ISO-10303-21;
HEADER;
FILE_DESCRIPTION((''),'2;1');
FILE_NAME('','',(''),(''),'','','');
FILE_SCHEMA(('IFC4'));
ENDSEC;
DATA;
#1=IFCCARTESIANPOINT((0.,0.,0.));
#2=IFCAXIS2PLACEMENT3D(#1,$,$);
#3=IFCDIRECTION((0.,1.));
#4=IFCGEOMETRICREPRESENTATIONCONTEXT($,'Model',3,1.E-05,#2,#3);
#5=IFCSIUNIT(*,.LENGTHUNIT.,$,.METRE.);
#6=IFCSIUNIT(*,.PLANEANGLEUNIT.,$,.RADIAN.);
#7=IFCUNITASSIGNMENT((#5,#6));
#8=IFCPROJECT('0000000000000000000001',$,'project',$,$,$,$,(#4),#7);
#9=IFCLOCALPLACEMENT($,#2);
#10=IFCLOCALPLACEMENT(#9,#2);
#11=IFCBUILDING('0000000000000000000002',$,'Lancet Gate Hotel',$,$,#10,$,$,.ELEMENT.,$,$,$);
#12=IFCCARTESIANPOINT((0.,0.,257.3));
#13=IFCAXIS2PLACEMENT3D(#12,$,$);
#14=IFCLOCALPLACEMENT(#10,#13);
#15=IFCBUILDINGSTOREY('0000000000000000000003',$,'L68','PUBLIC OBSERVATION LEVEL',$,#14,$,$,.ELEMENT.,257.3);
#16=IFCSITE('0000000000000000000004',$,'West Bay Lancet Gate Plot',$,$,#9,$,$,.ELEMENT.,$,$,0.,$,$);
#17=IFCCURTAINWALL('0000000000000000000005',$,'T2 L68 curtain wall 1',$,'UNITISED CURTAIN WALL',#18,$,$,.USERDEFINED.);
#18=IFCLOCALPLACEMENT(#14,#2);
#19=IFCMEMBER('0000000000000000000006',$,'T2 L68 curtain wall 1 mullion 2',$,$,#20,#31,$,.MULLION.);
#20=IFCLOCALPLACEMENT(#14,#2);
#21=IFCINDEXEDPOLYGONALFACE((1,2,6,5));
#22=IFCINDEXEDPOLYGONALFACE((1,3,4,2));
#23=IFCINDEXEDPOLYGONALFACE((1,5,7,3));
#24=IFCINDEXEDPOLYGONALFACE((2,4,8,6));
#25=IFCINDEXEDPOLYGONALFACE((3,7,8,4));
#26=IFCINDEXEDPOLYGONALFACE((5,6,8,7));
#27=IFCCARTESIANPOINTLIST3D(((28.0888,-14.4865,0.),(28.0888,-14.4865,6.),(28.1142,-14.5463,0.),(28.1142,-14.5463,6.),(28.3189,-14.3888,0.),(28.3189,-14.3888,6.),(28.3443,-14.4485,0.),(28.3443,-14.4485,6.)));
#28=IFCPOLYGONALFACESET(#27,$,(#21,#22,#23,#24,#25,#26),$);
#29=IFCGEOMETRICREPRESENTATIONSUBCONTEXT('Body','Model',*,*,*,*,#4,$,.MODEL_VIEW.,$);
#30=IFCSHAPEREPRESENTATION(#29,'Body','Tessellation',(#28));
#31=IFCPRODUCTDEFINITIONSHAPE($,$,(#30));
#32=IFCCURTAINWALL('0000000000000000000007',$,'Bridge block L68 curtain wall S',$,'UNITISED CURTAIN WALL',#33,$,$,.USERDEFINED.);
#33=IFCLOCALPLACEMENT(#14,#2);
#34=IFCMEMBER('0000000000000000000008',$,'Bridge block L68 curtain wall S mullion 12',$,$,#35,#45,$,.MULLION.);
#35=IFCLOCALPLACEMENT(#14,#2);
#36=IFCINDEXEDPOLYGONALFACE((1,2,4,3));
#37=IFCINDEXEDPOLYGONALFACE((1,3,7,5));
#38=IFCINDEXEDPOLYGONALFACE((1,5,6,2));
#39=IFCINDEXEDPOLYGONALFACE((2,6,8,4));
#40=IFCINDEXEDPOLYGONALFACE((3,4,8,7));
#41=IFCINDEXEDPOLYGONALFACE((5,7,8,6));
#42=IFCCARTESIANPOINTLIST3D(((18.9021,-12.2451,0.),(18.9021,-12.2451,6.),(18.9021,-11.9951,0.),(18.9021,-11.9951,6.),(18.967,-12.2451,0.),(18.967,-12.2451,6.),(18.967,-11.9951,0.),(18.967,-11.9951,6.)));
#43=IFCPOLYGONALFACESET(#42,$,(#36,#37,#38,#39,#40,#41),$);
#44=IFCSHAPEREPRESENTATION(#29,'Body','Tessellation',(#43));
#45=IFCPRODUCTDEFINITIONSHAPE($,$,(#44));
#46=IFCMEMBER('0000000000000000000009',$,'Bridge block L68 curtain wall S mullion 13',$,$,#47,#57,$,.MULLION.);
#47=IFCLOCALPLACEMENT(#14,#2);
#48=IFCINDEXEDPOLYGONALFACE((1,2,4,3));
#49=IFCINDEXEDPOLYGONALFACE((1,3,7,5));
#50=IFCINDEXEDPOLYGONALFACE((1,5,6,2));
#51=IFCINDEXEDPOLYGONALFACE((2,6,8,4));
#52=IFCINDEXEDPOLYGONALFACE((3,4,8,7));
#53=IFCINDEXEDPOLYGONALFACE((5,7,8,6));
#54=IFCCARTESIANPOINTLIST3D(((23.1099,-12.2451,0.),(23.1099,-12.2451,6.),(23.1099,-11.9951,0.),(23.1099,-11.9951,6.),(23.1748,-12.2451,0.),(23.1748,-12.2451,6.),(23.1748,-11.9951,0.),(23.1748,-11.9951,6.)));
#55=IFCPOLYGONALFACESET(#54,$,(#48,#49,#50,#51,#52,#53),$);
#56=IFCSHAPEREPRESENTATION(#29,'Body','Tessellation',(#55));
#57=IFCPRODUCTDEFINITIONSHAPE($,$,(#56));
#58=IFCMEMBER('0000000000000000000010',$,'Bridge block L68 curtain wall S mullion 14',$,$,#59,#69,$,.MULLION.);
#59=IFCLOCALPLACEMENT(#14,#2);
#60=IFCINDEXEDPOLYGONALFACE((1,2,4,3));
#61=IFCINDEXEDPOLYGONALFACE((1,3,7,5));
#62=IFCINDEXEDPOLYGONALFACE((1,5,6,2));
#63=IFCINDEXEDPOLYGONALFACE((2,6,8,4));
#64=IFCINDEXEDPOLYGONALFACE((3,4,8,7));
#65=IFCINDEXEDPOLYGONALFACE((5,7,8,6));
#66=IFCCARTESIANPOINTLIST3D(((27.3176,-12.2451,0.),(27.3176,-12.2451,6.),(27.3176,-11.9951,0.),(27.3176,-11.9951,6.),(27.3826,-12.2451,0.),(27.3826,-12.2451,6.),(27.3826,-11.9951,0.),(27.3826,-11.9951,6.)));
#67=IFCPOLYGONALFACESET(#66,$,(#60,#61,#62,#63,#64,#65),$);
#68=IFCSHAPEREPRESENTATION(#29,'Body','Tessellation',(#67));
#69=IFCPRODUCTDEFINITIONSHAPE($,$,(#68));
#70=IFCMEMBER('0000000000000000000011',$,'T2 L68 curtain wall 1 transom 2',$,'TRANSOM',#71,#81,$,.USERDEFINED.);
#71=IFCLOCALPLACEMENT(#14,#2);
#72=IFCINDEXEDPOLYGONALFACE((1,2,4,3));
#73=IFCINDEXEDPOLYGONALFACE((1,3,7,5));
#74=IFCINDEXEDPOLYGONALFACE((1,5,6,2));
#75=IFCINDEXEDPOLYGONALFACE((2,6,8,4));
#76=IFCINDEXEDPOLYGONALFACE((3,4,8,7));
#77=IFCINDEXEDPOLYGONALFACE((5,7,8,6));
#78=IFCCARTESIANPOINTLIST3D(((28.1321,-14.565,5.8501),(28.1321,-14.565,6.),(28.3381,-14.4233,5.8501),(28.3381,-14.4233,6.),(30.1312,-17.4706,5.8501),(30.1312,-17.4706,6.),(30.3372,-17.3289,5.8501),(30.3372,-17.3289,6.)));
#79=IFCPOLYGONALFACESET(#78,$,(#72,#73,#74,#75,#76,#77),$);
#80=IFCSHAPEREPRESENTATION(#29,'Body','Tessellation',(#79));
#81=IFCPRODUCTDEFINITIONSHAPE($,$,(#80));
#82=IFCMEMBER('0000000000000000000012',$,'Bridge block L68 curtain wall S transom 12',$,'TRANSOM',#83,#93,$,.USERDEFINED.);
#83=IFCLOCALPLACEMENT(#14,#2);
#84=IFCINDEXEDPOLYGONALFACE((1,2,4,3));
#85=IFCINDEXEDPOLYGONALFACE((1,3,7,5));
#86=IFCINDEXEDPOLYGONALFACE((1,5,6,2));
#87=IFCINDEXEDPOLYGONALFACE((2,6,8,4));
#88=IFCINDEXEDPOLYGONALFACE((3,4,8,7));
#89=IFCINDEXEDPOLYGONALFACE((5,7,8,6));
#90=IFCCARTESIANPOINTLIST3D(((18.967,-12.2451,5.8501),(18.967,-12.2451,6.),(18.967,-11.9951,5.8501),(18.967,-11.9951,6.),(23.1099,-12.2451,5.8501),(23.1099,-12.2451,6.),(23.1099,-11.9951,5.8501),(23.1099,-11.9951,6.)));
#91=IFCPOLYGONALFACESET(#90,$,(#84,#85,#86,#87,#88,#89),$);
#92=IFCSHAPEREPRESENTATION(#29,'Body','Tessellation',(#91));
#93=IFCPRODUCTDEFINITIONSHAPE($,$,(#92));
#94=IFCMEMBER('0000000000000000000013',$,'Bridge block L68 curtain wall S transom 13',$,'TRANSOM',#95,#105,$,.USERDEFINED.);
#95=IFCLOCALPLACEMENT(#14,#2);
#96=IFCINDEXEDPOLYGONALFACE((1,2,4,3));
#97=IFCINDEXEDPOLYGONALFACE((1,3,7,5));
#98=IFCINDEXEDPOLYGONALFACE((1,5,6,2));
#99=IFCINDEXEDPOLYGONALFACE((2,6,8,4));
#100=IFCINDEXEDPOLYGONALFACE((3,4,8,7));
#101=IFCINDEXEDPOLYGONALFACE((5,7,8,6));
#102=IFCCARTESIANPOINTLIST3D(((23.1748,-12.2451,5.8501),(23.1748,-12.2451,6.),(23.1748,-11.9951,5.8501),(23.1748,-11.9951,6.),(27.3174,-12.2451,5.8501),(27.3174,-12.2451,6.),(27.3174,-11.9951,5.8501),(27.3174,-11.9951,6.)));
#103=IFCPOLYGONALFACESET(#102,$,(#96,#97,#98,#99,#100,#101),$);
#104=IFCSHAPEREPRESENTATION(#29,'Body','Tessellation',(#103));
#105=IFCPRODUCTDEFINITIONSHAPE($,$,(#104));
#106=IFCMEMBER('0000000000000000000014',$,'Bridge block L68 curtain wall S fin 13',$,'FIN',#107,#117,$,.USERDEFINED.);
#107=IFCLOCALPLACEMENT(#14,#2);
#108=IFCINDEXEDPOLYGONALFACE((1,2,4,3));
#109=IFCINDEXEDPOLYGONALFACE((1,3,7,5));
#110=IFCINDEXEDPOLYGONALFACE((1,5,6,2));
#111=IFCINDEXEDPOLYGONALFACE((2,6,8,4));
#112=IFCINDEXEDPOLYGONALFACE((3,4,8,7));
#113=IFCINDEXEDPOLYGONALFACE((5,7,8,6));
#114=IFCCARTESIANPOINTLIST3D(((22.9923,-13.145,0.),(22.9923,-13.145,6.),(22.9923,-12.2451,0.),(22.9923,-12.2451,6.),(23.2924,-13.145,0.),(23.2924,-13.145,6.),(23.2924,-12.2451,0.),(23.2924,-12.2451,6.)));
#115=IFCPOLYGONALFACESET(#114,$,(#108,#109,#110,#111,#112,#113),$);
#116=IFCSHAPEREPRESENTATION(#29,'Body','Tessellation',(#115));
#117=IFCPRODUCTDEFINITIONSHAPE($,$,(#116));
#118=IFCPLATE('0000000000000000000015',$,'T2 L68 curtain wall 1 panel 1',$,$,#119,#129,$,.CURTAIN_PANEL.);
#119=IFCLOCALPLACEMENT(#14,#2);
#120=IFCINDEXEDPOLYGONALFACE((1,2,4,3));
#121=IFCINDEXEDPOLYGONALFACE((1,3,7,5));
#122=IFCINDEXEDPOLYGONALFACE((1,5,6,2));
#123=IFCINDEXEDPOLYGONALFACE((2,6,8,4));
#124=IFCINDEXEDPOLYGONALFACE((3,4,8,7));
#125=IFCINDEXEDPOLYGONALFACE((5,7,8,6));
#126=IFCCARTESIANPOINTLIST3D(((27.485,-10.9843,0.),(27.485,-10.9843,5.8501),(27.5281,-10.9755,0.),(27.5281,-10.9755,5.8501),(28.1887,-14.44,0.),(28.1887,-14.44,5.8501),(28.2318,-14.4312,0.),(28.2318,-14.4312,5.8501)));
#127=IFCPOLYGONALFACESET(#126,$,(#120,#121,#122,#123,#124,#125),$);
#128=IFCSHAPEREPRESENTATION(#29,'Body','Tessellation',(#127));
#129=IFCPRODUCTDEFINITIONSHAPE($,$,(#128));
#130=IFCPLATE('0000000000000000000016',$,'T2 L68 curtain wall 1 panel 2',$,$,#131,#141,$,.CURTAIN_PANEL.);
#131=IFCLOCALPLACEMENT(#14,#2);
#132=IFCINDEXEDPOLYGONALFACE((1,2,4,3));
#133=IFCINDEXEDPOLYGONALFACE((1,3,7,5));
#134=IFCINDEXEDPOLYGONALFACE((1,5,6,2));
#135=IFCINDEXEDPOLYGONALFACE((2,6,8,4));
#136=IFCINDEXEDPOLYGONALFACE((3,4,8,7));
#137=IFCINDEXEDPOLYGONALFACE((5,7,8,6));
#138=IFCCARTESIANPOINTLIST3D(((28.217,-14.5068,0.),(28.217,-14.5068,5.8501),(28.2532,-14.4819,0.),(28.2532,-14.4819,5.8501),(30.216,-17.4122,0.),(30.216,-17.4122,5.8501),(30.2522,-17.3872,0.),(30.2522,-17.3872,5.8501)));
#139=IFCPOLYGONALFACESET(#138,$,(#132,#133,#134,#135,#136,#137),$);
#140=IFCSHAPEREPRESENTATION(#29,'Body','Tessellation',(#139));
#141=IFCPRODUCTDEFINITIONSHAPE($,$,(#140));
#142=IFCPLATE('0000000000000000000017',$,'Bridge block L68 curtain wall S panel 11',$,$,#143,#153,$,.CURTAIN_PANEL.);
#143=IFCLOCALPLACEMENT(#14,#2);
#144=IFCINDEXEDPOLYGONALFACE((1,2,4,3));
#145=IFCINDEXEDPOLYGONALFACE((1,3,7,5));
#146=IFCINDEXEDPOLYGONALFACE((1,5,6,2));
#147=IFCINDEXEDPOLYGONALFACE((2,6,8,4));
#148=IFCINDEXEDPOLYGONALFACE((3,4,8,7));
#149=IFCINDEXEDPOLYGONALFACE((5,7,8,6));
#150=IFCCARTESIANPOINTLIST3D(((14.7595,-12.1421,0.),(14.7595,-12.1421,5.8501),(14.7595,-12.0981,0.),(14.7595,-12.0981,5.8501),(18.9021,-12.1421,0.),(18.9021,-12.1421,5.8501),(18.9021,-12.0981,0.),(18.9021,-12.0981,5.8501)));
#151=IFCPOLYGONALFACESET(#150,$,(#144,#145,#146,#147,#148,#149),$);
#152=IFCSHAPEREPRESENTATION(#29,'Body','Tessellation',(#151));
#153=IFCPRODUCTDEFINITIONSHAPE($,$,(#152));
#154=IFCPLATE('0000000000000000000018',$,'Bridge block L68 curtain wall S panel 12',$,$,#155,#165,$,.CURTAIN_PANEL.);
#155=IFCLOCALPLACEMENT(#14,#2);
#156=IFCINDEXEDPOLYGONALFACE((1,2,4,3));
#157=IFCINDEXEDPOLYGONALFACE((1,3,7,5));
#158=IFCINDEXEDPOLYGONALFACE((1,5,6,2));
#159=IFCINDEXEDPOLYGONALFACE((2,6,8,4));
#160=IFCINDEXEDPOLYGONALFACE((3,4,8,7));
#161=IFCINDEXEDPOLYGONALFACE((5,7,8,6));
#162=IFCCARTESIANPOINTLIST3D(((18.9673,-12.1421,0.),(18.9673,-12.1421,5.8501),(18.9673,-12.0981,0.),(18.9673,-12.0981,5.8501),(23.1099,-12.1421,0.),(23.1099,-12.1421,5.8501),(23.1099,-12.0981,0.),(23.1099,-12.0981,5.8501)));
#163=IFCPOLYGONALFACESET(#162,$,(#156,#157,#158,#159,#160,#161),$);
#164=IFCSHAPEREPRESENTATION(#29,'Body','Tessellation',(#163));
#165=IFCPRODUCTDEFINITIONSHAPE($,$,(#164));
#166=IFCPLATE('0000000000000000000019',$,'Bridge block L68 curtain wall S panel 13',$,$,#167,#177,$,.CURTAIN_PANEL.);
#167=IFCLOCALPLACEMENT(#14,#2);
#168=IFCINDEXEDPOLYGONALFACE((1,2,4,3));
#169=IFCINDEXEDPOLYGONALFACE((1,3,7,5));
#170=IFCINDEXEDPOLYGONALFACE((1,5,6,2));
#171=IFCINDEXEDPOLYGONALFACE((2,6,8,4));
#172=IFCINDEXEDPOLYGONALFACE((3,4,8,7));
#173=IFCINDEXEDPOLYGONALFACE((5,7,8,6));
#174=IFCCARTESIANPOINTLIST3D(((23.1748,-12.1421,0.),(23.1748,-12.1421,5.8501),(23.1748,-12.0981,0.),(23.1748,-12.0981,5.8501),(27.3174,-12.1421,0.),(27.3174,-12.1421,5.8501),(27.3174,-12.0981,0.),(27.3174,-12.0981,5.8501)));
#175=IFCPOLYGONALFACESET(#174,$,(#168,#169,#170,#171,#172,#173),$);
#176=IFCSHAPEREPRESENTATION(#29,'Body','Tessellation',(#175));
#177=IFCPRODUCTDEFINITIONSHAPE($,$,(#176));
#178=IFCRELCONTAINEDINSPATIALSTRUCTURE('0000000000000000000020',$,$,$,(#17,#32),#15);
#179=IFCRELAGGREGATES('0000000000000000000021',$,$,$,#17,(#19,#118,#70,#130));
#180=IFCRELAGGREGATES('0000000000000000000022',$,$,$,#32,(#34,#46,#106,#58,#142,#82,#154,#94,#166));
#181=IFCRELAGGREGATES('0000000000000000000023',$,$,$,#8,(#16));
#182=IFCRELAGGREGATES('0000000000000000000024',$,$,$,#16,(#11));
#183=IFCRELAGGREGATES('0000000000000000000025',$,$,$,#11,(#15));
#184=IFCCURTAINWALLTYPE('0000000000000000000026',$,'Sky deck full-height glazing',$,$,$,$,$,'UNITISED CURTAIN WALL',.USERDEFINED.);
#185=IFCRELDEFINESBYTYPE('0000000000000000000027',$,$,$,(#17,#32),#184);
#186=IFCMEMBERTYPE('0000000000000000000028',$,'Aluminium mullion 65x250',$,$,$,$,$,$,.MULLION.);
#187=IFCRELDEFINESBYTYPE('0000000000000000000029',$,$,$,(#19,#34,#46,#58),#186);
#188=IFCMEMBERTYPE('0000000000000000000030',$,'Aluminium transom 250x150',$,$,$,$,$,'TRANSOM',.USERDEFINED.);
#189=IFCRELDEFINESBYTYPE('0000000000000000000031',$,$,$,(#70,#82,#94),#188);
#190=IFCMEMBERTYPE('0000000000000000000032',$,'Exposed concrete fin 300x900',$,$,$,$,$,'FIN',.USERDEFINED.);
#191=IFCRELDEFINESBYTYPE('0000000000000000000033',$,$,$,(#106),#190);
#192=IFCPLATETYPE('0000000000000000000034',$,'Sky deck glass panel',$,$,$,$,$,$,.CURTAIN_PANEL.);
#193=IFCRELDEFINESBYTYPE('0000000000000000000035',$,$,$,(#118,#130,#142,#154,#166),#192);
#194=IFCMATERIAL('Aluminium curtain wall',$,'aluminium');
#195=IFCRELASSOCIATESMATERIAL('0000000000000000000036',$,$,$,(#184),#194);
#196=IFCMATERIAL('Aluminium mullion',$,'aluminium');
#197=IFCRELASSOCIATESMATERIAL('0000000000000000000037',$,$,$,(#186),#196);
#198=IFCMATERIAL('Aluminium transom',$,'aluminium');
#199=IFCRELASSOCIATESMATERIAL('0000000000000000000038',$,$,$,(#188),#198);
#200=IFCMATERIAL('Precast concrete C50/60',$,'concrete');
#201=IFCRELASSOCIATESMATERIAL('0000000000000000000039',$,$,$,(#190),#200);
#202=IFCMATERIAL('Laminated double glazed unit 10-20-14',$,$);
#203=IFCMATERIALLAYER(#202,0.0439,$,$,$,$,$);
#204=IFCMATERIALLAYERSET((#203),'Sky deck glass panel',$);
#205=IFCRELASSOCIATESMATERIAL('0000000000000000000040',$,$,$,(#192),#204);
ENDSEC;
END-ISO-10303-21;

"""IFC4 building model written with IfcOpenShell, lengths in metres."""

from ifc_helpers import new_model, si_unit, direction, frame, origin, origin_2d, place, context, subcontext, project, spatial, rectangle, extrude, material, layer, layer_set, material_profile, profile_set, type_object, element, aggregate, save


model = new_model("IFC4")

# Units and contexts
model_context = context("Model", 3, precision=1e-05, world=origin(), true_north=direction((0.0, 1.0)))
body_context = subcontext(model_context, "Body", "Model", "MODEL_VIEW")
ifc_project = project(units=[si_unit("LENGTHUNIT", "METRE"), si_unit("PLANEANGLEUNIT", "RADIAN")], contexts=[model_context])

# Site, building, storey
site_placement = place(None, origin())
site = spatial("IfcSite", under=ifc_project, at=site_placement, Name="West Bay Lancet Gate Plot", CompositionType="ELEMENT", RefElevation=0.0)
building_placement = place(site_placement, origin())
building = spatial("IfcBuilding", under=site, at=building_placement, Name="Lancet Gate Hotel", CompositionType="ELEMENT")
storey_placement = place(building_placement, frame((0.0, 0.0, 257.3)))
storey = spatial("IfcBuildingStorey", under=building, at=storey_placement, Name="L68", Description="PUBLIC OBSERVATION LEVEL", CompositionType="ELEMENT", Elevation=257.3)

# Curtain wall, member
ifc_material_1 = material(Name="Aluminium curtain wall", Category="aluminium")
curtain_wall_type = type_object("IfcCurtainWallType", Name="Sky deck full-height glazing", ElementType="UNITISED CURTAIN WALL", PredefinedType="USERDEFINED", material=ifc_material_1)
curtain_wall_1_placement = place(storey_placement, origin())
curtain_wall_1 = element("IfcCurtainWall", 1, at=curtain_wall_1_placement, inside=storey, type_object=curtain_wall_type, Name="T2 L68 curtain wall 1", ObjectType="UNITISED CURTAIN WALL", PredefinedType="USERDEFINED")
ifc_material_2 = material(Name="Aluminium mullion", Category="aluminium")
ifc_material_profile_1 = material_profile(ifc_material_2, rectangle(XDim=0.0649, YDim=0.25, at=origin_2d()), Name="MULLION 65x250")
ifc_profile_set_1 = profile_set([ifc_material_profile_1], Name="Aluminium mullion")
member_type_1 = type_object("IfcMemberType", Name="Aluminium mullion 65x250", PredefinedType="MULLION", material=ifc_profile_set_1)
member_1_placement = place(storey_placement, frame((28.2166, -14.4675, 0.0), z_axis=(0.0, 0.0, 1.0), x_axis=(0.391042, -0.920373, 0.0)))
member_1 = element("IfcMember", 2, at=member_1_placement, type_object=member_type_1, Name="T2 L68 curtain wall 1 mullion 2", PredefinedType="MULLION", context=body_context, shape_type="SweptSolid", body=[
    extrude(rectangle(XDim=0.0649, YDim=0.25, at=origin_2d()), origin(), (0.0, 0.0, 1.0), 6.0),
])

# Curtain wall, members
curtain_wall_2_placement = place(storey_placement, origin())
curtain_wall_2 = element("IfcCurtainWall", 3, at=curtain_wall_2_placement, inside=storey, type_object=curtain_wall_type, Name="Bridge block L68 curtain wall S", ObjectType="UNITISED CURTAIN WALL", PredefinedType="USERDEFINED")
member_2_placement = place(storey_placement, frame((18.9346, -12.1201, 0.0), z_axis=(0.0, 0.0, 1.0), x_axis=(1.0, 0.0, 0.0)))
member_2 = element("IfcMember", 4, at=member_2_placement, type_object=member_type_1, Name="Bridge block L68 curtain wall S mullion 12", PredefinedType="MULLION", context=body_context, shape_type="SweptSolid", body=[
    extrude(rectangle(XDim=0.0649, YDim=0.25, at=origin_2d()), origin(), (0.0, 0.0, 1.0), 6.0),
])
member_3_placement = place(storey_placement, frame((23.1423, -12.1201, 0.0), z_axis=(0.0, 0.0, 1.0), x_axis=(1.0, 0.0, 0.0)))
member_3 = element("IfcMember", 5, at=member_3_placement, type_object=member_type_1, Name="Bridge block L68 curtain wall S mullion 13", PredefinedType="MULLION", context=body_context, shape_type="SweptSolid", body=[
    extrude(rectangle(XDim=0.0649, YDim=0.25, at=origin_2d()), origin(), (0.0, 0.0, 1.0), 6.0),
])
member_4_placement = place(storey_placement, frame((27.3501, -12.1201, 0.0), z_axis=(0.0, 0.0, 1.0), x_axis=(1.0, 0.0, 0.0)))
member_4 = element("IfcMember", 6, at=member_4_placement, type_object=member_type_1, Name="Bridge block L68 curtain wall S mullion 14", PredefinedType="MULLION", context=body_context, shape_type="SweptSolid", body=[
    extrude(rectangle(XDim=0.0649, YDim=0.25, at=origin_2d()), origin(), (0.0, 0.0, 1.0), 6.0),
])

# Members
ifc_material_3 = material(Name="Aluminium transom", Category="aluminium")
ifc_material_profile_2 = material_profile(ifc_material_3, rectangle(XDim=0.25, YDim=0.1499, at=origin_2d()), Name="TRANSOM 250x150")
ifc_profile_set_2 = profile_set([ifc_material_profile_2], Name="Aluminium transom")
member_type_2 = type_object("IfcMemberType", Name="Aluminium transom 250x150", ElementType="TRANSOM", PredefinedType="USERDEFINED", material=ifc_profile_set_2)
member_5_placement = place(storey_placement, frame((28.2351, -14.4941, 5.925), z_axis=(0.566814, -0.823846, 0.0), x_axis=(0.823846, 0.566814, 0.0)))
member_5 = element("IfcMember", 7, at=member_5_placement, type_object=member_type_2, Name="T2 L68 curtain wall 1 transom 2", ObjectType="TRANSOM", PredefinedType="USERDEFINED", context=body_context, shape_type="SweptSolid", body=[
    extrude(rectangle(XDim=0.25, YDim=0.1499, at=origin_2d()), origin(), (0.0, 0.0, 1.0), 3.5269),
])
member_6_placement = place(storey_placement, frame((18.967, -12.1201, 5.925), z_axis=(1.0, 0.0, 0.0), x_axis=(0.0, 1.0, 0.0)))
member_6 = element("IfcMember", 8, at=member_6_placement, type_object=member_type_2, Name="Bridge block L68 curtain wall S transom 12", ObjectType="TRANSOM", PredefinedType="USERDEFINED", context=body_context, shape_type="SweptSolid", body=[
    extrude(rectangle(XDim=0.25, YDim=0.1499, at=origin_2d()), origin(), (0.0, 0.0, 1.0), 4.1428),
])
member_7_placement = place(storey_placement, frame((23.1748, -12.1201, 5.925), z_axis=(1.0, 0.0, 0.0), x_axis=(0.0, 1.0, 0.0)))
member_7 = element("IfcMember", 9, at=member_7_placement, type_object=member_type_2, Name="Bridge block L68 curtain wall S transom 13", ObjectType="TRANSOM", PredefinedType="USERDEFINED", context=body_context, shape_type="SweptSolid", body=[
    extrude(rectangle(XDim=0.25, YDim=0.1499, at=origin_2d()), origin(), (0.0, 0.0, 1.0), 4.1426),
])
ifc_material_4 = material(Name="Precast concrete C50/60", Category="concrete")
ifc_material_profile_3 = material_profile(ifc_material_4, rectangle(XDim=0.3, YDim=0.8999, at=origin_2d()), Name="FIN 300x900")
ifc_profile_set_3 = profile_set([ifc_material_profile_3], Name="Precast concrete C50/60")
member_type_3 = type_object("IfcMemberType", Name="Exposed concrete fin 300x900", ElementType="FIN", PredefinedType="USERDEFINED", material=ifc_profile_set_3)
member_8_placement = place(storey_placement, frame((23.1423, -12.6951, 0.0), z_axis=(0.0, 0.0, 1.0), x_axis=(1.0, 0.0, 0.0)))
member_8 = element("IfcMember", 10, at=member_8_placement, type_object=member_type_3, Name="Bridge block L68 curtain wall S fin 13", ObjectType="FIN", PredefinedType="USERDEFINED", context=body_context, shape_type="SweptSolid", body=[
    extrude(rectangle(XDim=0.3, YDim=0.8999, at=origin_2d()), origin(), (0.0, 0.0, 1.0), 6.0),
])

# Plates
ifc_material_5 = material(Name="Laminated double glazed unit 10-20-14")
ifc_layer_1 = layer(ifc_material_5, 0.0439)
ifc_layer_set_1 = layer_set([ifc_layer_1], Name="Sky deck glass panel")
plate_type = type_object("IfcPlateType", Name="Sky deck glass panel", PredefinedType="CURTAIN_PANEL", material=ifc_layer_set_1)
plate_1_placement = place(storey_placement, frame((27.8584, -12.7078, 0.0), z_axis=(0.0, 0.0, 1.0), x_axis=(0.199533, -0.979891, 0.0)))
plate_1 = element("IfcPlate", 11, at=plate_1_placement, type_object=plate_type, Name="T2 L68 curtain wall 1 panel 1", PredefinedType="CURTAIN_PANEL", context=body_context, shape_type="SweptSolid", body=[
    extrude(rectangle(XDim=3.5266, YDim=0.0439, at=origin_2d()), origin(), (0.0, 0.0, 1.0), 5.8501),
])
plate_2_placement = place(storey_placement, frame((29.2346, -15.947, 0.0), z_axis=(0.0, 0.0, 1.0), x_axis=(0.566824, -0.823839, 0.0)))
plate_2 = element("IfcPlate", 12, at=plate_2_placement, type_object=plate_type, Name="T2 L68 curtain wall 1 panel 2", PredefinedType="CURTAIN_PANEL", context=body_context, shape_type="SweptSolid", body=[
    extrude(rectangle(XDim=3.5266, YDim=0.0439, at=origin_2d()), origin(), (0.0, 0.0, 1.0), 5.8501),
])
aggregate(curtain_wall_1, [member_1, plate_1, member_5, plate_2])
plate_3_placement = place(storey_placement, frame((16.8308, -12.1201, 0.0), z_axis=(0.0, 0.0, 1.0), x_axis=(1.0, 0.0, 0.0)))
plate_3 = element("IfcPlate", 13, at=plate_3_placement, type_object=plate_type, Name="Bridge block L68 curtain wall S panel 11", PredefinedType="CURTAIN_PANEL", context=body_context, shape_type="SweptSolid", body=[
    extrude(rectangle(XDim=4.1426, YDim=0.0439, at=origin_2d()), origin(), (0.0, 0.0, 1.0), 5.8501),
])
plate_4_placement = place(storey_placement, frame((21.0386, -12.1201, 0.0), z_axis=(0.0, 0.0, 1.0), x_axis=(1.0, 0.0, 0.0)))
plate_4 = element("IfcPlate", 14, at=plate_4_placement, type_object=plate_type, Name="Bridge block L68 curtain wall S panel 12", PredefinedType="CURTAIN_PANEL", context=body_context, shape_type="SweptSolid", body=[
    extrude(rectangle(XDim=4.1426, YDim=0.0439, at=origin_2d()), origin(), (0.0, 0.0, 1.0), 5.8501),
])
plate_5_placement = place(storey_placement, frame((25.2461, -12.1201, 0.0), z_axis=(0.0, 0.0, 1.0), x_axis=(1.0, 0.0, 0.0)))
plate_5 = element("IfcPlate", 15, at=plate_5_placement, type_object=plate_type, Name="Bridge block L68 curtain wall S panel 13", PredefinedType="CURTAIN_PANEL", context=body_context, shape_type="SweptSolid", body=[
    extrude(rectangle(XDim=4.1426, YDim=0.0439, at=origin_2d()), origin(), (0.0, 0.0, 1.0), 5.8501),
])
aggregate(curtain_wall_2, [member_2, member_3, member_8, member_4, plate_3, member_6, plate_4, member_7, plate_5])

save(model, "model.ifc")
